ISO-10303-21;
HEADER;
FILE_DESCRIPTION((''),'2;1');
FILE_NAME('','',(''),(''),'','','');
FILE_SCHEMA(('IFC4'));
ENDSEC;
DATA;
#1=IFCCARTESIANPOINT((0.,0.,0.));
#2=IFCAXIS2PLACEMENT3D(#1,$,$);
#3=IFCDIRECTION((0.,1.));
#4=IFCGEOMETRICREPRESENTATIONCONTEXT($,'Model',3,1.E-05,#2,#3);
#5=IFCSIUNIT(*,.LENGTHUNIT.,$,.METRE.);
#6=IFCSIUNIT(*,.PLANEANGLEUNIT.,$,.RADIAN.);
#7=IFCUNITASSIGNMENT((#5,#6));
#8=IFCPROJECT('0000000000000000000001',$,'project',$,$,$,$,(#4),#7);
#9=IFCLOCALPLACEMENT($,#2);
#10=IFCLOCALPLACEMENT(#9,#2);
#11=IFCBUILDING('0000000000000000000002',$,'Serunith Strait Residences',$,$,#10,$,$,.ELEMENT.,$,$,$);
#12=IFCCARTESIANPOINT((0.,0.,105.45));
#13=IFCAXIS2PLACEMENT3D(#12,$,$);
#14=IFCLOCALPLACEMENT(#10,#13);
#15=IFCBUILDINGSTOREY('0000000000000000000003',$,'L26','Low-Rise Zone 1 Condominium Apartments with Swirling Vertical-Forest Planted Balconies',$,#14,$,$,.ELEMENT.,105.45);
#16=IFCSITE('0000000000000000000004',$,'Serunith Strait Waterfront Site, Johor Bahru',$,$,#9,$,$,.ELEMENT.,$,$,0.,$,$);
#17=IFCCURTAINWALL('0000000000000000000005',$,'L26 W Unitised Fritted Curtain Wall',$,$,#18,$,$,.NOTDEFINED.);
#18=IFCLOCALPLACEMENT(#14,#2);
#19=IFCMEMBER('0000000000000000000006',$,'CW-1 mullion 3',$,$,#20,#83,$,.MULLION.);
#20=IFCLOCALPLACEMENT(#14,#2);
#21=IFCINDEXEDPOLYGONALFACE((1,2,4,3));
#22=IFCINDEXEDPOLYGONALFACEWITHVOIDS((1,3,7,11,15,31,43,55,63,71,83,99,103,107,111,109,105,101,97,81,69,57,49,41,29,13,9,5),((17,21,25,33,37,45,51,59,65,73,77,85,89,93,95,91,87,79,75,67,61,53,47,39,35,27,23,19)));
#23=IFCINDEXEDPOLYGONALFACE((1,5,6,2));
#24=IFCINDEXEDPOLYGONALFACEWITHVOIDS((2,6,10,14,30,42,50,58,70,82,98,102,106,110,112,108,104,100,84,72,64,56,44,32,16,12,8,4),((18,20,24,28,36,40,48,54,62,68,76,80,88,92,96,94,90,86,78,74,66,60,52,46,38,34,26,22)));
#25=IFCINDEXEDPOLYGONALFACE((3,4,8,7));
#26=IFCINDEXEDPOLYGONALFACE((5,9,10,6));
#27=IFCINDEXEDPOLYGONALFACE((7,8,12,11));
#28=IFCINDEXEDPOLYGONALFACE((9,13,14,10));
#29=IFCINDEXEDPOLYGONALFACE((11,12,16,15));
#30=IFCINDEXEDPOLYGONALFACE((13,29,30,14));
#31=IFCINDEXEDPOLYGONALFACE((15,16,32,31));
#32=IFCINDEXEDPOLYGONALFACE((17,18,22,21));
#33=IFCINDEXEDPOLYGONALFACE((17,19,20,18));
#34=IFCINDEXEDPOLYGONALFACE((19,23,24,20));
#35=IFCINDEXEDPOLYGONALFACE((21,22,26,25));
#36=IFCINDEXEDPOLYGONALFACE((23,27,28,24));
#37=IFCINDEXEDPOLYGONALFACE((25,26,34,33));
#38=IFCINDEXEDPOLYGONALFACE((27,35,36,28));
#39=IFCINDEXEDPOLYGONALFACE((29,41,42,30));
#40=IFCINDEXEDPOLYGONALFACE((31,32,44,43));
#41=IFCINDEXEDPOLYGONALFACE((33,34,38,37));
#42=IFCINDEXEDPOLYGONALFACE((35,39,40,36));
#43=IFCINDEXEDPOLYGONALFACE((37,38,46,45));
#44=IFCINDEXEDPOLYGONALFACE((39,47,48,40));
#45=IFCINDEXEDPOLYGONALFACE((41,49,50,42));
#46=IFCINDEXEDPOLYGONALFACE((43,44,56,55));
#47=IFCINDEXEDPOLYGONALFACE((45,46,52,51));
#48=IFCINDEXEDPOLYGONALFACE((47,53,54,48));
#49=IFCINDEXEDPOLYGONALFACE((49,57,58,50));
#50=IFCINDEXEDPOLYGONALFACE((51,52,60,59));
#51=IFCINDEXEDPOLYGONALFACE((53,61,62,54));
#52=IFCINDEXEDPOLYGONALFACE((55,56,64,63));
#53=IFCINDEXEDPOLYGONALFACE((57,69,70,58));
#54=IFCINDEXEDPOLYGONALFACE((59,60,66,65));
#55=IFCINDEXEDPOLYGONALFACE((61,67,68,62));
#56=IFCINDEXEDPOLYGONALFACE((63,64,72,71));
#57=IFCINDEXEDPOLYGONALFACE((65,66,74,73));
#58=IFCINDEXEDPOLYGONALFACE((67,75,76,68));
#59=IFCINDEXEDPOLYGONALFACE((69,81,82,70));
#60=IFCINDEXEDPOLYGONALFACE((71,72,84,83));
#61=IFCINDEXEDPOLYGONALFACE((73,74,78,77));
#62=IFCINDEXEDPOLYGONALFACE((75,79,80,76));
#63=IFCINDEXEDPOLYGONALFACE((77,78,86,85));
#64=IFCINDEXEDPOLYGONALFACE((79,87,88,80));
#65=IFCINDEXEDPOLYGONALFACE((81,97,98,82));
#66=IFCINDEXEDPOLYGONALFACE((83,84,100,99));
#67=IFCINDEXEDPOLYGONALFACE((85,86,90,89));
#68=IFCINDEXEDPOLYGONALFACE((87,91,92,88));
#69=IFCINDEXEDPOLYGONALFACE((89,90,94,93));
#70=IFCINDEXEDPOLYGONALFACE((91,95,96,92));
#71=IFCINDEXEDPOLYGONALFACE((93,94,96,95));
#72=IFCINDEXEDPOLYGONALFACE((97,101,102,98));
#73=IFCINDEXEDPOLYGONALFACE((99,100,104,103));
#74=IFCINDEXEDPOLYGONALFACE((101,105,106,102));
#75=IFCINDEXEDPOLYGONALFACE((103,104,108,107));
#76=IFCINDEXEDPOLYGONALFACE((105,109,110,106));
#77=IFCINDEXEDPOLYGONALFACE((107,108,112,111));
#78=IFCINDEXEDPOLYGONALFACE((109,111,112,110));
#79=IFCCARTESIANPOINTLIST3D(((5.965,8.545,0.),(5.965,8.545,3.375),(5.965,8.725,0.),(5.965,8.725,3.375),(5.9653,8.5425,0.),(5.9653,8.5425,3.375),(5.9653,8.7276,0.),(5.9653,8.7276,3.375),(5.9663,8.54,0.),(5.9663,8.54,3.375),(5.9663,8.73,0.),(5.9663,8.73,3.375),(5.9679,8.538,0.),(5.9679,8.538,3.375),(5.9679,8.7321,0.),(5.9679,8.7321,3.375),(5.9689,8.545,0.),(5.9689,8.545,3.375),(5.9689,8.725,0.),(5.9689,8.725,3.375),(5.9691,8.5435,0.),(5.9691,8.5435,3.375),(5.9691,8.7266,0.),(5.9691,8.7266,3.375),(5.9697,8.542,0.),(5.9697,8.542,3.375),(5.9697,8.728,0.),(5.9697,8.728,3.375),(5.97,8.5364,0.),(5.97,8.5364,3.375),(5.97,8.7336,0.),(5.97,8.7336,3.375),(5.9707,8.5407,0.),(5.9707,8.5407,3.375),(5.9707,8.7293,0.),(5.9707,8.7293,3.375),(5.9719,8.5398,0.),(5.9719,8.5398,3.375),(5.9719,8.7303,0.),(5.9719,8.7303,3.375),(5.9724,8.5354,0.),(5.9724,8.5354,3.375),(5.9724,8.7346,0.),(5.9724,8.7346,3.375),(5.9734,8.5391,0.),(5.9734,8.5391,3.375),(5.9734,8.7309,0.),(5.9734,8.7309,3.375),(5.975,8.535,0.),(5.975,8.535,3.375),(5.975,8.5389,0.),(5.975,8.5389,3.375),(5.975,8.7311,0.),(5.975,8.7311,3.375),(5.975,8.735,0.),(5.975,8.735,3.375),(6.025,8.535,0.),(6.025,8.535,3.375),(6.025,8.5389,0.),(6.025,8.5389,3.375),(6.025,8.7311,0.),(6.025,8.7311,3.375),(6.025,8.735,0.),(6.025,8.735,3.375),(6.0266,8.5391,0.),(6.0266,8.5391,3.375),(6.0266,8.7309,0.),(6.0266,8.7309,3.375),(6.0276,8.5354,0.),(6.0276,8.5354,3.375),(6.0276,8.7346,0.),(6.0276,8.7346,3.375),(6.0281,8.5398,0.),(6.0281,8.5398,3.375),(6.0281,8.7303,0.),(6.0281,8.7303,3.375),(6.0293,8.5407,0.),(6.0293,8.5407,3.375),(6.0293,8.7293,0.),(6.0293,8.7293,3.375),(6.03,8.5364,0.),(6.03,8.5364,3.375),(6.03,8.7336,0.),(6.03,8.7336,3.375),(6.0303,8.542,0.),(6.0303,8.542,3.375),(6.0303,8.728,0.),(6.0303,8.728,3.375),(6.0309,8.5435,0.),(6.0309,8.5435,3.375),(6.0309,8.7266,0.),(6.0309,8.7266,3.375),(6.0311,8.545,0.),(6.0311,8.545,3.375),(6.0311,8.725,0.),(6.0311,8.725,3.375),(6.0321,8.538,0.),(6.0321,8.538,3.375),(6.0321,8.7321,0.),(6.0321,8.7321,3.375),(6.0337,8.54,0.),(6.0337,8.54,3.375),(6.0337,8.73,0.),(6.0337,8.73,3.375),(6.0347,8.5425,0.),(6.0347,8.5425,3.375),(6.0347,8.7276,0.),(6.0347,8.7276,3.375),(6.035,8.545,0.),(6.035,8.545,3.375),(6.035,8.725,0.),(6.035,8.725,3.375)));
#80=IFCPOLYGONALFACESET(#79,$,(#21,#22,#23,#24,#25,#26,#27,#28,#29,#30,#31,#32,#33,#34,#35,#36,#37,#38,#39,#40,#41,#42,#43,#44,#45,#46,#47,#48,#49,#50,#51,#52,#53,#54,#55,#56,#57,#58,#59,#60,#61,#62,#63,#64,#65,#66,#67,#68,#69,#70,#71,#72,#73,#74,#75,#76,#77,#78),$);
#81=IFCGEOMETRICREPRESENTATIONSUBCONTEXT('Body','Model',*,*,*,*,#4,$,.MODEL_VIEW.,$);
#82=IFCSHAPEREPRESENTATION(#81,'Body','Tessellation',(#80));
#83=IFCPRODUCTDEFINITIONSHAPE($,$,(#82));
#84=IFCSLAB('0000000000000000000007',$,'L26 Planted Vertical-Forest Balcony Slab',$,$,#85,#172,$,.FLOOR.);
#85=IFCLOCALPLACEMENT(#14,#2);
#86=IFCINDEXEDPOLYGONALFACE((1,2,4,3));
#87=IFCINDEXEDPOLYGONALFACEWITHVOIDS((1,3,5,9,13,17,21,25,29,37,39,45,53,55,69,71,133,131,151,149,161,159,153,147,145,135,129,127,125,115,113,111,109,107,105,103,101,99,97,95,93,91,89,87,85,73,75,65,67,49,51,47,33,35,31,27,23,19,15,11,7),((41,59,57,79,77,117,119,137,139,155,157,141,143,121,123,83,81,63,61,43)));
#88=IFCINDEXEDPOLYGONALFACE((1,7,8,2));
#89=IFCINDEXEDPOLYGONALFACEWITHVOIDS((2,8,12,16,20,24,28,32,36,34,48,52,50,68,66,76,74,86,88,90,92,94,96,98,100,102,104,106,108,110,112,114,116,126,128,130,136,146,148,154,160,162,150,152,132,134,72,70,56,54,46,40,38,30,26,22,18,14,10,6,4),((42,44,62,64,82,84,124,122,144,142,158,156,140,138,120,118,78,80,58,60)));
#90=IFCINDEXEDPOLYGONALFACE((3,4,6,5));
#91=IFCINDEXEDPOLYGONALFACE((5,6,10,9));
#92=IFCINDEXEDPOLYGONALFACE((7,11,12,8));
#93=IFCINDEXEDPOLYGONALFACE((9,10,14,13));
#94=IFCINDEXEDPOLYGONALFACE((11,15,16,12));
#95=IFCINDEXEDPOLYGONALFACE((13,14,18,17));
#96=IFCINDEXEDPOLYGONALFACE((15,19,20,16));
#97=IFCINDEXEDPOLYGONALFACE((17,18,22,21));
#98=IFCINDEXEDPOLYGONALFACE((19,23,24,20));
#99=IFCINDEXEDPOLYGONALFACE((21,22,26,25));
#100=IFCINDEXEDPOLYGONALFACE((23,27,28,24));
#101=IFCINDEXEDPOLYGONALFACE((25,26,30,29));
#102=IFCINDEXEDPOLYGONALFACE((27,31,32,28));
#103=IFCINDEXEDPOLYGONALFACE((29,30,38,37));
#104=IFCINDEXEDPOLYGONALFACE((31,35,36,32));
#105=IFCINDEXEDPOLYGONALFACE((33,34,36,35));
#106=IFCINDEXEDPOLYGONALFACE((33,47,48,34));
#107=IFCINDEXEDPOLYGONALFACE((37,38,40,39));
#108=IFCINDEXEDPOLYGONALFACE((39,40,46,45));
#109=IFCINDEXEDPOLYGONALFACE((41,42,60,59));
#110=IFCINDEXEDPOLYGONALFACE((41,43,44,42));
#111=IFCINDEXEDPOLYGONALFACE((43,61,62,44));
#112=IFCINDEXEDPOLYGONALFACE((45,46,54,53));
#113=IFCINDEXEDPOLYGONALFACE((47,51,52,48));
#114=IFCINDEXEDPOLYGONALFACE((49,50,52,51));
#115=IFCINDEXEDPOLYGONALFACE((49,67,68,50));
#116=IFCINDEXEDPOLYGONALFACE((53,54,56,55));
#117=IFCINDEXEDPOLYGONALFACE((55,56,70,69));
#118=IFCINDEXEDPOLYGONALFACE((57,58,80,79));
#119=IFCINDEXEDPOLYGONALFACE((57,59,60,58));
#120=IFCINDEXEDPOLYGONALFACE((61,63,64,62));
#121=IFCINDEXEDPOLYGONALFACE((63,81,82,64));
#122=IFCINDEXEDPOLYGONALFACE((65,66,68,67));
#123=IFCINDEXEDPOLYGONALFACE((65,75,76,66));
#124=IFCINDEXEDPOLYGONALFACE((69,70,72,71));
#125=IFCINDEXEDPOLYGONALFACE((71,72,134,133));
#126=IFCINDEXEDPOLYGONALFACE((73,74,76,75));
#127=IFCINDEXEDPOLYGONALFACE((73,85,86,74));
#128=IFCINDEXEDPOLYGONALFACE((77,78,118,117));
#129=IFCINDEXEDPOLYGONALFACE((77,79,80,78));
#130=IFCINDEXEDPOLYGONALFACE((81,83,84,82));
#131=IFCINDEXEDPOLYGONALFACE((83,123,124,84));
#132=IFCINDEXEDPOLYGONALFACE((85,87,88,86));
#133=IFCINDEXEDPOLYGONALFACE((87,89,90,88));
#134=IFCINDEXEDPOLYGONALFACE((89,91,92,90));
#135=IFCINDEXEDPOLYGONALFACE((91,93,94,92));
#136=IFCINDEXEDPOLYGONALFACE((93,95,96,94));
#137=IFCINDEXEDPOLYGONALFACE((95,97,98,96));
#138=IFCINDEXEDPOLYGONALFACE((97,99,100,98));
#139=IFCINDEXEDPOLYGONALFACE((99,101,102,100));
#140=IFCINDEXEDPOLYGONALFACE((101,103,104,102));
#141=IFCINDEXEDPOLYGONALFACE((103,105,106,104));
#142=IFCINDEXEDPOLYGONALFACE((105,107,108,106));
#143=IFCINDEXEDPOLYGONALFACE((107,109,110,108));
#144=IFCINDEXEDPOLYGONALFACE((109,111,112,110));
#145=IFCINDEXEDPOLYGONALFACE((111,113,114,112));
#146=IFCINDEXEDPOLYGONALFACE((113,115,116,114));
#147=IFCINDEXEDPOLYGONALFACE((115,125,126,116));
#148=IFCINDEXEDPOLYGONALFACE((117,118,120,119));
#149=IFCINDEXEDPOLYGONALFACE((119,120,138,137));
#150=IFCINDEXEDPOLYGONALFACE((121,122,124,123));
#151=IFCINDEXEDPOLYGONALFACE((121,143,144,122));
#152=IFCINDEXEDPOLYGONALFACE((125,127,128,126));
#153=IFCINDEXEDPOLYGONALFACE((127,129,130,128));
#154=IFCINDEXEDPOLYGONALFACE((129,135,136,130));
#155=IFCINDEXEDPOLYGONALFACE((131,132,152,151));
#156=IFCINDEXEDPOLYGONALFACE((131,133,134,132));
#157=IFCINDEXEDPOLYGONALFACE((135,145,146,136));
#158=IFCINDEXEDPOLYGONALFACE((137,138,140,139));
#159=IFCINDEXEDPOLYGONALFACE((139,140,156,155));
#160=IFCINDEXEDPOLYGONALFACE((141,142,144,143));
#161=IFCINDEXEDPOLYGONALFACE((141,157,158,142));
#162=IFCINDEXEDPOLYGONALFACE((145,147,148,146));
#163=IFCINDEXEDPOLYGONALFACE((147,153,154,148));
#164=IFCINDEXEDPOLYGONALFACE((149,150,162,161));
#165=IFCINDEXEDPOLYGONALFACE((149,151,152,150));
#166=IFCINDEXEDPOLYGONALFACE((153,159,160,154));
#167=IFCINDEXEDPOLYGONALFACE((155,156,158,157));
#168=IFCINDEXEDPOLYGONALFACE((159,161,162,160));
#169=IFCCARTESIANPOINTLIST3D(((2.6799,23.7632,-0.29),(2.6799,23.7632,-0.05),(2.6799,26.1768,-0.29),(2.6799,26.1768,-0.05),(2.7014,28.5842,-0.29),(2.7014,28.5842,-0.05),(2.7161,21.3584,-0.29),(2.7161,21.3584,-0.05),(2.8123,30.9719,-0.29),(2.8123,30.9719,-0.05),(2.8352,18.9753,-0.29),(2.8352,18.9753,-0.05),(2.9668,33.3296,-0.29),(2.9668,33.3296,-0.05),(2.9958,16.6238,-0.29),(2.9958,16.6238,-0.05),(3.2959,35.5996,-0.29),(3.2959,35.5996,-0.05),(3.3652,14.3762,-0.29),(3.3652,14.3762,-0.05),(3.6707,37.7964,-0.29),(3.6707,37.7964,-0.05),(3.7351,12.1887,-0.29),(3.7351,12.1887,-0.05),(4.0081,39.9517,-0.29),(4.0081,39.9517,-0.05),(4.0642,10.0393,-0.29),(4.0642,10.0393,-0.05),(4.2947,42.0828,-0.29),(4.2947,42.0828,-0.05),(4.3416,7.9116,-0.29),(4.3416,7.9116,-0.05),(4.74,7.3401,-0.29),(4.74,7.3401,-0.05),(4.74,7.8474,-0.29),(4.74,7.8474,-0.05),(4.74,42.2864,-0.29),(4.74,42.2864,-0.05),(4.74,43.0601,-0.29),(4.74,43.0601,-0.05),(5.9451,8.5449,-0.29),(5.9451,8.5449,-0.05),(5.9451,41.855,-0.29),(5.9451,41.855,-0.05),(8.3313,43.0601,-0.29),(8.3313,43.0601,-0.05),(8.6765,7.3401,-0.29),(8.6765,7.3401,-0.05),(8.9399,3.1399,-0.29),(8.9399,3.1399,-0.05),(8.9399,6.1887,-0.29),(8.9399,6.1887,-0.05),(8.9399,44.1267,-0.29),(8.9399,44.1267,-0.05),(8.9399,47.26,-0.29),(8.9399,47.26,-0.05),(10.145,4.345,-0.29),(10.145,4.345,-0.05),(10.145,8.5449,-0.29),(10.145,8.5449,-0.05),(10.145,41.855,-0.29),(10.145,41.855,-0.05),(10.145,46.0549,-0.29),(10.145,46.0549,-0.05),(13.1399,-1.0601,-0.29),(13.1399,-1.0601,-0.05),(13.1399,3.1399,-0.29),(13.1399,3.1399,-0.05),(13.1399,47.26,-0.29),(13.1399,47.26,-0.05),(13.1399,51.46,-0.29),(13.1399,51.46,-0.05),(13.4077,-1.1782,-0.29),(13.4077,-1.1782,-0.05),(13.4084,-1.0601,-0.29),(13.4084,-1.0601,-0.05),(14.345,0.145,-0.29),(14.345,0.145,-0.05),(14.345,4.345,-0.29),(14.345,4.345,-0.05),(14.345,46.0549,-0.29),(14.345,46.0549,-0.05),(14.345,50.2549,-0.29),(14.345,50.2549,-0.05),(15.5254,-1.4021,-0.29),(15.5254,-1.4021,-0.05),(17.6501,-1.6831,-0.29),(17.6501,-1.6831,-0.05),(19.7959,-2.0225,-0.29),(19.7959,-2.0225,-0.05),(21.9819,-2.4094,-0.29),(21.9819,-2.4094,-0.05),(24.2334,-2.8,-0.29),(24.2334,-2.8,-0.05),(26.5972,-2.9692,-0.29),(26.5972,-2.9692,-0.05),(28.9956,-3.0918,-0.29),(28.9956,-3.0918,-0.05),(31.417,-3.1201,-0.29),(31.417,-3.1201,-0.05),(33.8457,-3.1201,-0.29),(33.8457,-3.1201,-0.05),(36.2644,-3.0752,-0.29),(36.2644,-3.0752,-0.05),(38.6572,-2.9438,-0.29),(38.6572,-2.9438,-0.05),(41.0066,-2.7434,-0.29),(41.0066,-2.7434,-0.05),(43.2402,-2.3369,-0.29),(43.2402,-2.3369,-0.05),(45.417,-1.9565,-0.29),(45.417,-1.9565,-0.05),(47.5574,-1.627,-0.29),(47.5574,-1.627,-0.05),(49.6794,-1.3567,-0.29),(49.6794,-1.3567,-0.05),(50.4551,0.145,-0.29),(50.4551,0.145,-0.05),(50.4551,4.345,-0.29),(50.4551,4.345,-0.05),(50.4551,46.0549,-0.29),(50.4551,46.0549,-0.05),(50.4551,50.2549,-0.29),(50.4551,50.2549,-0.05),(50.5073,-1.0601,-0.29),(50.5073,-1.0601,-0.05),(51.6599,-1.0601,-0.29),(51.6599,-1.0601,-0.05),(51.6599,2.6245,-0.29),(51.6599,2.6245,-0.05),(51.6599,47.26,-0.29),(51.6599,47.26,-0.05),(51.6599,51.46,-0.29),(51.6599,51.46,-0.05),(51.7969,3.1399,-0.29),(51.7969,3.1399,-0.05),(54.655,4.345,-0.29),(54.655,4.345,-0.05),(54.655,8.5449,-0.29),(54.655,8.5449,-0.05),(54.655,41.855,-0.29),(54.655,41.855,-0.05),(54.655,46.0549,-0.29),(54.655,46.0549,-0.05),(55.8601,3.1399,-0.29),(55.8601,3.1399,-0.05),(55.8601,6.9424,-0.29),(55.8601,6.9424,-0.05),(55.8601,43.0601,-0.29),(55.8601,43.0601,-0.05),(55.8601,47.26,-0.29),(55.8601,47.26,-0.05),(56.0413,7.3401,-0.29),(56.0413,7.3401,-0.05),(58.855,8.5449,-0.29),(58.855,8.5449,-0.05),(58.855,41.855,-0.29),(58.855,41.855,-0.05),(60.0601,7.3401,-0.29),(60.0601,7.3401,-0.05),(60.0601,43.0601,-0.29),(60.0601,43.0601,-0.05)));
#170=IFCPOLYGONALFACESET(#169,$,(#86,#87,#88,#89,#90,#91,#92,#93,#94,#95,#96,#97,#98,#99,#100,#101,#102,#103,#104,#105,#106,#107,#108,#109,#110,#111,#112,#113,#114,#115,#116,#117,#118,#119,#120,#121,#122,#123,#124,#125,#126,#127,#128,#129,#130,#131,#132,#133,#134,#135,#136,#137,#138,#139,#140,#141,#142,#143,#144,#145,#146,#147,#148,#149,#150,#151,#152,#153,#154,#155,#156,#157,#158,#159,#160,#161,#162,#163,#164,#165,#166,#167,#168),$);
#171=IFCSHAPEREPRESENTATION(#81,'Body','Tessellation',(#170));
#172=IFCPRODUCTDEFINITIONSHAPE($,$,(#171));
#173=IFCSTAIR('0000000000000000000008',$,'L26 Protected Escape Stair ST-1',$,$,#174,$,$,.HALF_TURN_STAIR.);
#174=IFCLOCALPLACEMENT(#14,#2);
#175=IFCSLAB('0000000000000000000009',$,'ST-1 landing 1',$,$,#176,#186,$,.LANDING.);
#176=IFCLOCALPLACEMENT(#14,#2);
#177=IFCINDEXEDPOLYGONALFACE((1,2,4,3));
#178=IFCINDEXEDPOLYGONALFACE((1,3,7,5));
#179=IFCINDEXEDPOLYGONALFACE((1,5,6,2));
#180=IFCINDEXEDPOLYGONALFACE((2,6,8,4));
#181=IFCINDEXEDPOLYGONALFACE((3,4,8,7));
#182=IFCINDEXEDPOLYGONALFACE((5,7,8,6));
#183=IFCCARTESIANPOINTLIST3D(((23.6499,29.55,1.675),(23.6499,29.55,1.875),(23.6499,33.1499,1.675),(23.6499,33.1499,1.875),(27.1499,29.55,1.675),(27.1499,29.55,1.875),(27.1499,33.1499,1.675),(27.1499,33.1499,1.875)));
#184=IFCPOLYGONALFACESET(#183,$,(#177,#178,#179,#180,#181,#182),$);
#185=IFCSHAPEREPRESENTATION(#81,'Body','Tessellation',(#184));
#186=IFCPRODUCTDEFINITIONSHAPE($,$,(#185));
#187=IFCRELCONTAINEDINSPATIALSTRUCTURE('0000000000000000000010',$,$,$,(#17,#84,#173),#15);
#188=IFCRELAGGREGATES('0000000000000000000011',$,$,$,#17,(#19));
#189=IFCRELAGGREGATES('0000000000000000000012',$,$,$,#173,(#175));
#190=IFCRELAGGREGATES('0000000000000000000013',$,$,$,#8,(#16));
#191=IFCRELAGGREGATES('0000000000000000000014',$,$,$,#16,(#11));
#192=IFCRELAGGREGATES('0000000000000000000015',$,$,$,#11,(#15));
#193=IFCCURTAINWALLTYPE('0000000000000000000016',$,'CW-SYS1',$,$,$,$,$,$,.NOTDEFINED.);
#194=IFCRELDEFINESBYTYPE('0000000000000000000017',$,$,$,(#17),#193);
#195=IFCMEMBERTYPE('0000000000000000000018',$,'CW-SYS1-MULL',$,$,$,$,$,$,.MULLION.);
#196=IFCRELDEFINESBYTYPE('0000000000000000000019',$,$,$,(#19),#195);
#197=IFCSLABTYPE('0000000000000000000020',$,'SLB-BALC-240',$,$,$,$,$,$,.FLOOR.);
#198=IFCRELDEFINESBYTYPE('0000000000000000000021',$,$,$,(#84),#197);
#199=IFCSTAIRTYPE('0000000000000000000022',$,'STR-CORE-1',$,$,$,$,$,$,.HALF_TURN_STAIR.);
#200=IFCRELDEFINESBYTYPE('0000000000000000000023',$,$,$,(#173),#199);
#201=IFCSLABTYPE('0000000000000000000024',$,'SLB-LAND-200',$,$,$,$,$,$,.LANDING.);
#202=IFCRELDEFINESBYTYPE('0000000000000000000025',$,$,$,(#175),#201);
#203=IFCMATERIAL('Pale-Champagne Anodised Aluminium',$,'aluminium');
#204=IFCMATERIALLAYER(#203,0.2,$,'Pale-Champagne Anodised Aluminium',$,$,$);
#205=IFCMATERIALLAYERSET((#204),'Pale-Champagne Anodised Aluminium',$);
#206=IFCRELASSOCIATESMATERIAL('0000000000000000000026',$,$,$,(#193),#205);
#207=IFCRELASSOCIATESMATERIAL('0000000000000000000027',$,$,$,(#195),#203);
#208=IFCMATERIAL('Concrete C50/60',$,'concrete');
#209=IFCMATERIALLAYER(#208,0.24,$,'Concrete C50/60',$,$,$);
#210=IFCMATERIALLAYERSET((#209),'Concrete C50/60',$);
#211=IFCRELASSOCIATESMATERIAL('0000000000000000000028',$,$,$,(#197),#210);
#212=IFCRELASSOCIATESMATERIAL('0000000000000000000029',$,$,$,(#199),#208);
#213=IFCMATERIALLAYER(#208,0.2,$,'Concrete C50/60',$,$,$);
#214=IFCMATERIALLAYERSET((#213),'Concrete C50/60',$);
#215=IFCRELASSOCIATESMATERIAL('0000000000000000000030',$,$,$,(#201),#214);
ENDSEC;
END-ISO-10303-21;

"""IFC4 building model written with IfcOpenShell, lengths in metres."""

from ifc_helpers import new_model, si_unit, direction, frame, origin, origin_2d, place, context, subcontext, project, spatial, polyline, hollow_rectangle, outline, extrude, source, transform, mapped, material, layer, layer_set, material_profile, profile_set, type_object, element, aggregate, save


model = new_model("IFC4")

# Units and contexts
model_context = context("Model", 3, precision=1e-05, world=origin(), true_north=direction((0.0, 1.0)))
body_context = subcontext(model_context, "Body", "Model", "MODEL_VIEW")
ifc_project = project(units=[si_unit("LENGTHUNIT", "METRE"), si_unit("PLANEANGLEUNIT", "RADIAN")], contexts=[model_context])

# Site, building, storey
site_placement = place(None, origin())
site = spatial("IfcSite", under=ifc_project, at=site_placement, Name="Serunith Strait Waterfront Site, Johor Bahru", CompositionType="ELEMENT", RefElevation=0.0)
building_placement = place(site_placement, origin())
building = spatial("IfcBuilding", under=site, at=building_placement, Name="Serunith Strait Residences", CompositionType="ELEMENT")
storey_placement = place(building_placement, frame((0.0, 0.0, 105.45)))
storey = spatial("IfcBuildingStorey", under=building, at=storey_placement, Name="L26", Description="Low-Rise Zone 1 Condominium Apartments with Swirling Vertical-Forest Planted Balconies", CompositionType="ELEMENT", Elevation=105.45)

# Shared definitions
ifc_material_1 = material(Name="Pale-Champagne Anodised Aluminium", Category="aluminium")
ifc_layer_1 = layer(ifc_material_1, 0.2, Name="Pale-Champagne Anodised Aluminium")
ifc_layer_set_1 = layer_set([ifc_layer_1], Name="Pale-Champagne Anodised Aluminium")
curtain_wall_type = type_object("IfcCurtainWallType", Name="CW-SYS1", PredefinedType="NOTDEFINED", material=ifc_layer_set_1)
ifc_material_profile_1 = material_profile(ifc_material_1, hollow_rectangle(XDim=0.0701, YDim=0.2, WallThickness=0.0039, InnerFilletRadius=0.0061, OuterFilletRadius=0.01, at=origin_2d()), Name="ALU 200x70x4")
ifc_profile_set_1 = profile_set([ifc_material_profile_1], Name="Pale-Champagne Anodised Aluminium")
member_type_1 = type_object("IfcMemberType", Name="CW-SYS1-MULL", PredefinedType="MULLION", material=ifc_profile_set_1)
shared_shape_1 = source(origin(), body_context, "Body", "SweptSolid", [
    extrude(hollow_rectangle(XDim=0.0701, YDim=0.2, WallThickness=0.0039, InnerFilletRadius=0.0061, OuterFilletRadius=0.01, at=origin_2d()), origin(), (0.0, 0.0, 1.0), 3.375),
])

# Curtain wall, member
curtain_wall_1_placement = place(storey_placement, origin())
curtain_wall_1 = element("IfcCurtainWall", 1, at=curtain_wall_1_placement, inside=storey, type_object=curtain_wall_type, Name="L26 W Unitised Fritted Curtain Wall", PredefinedType="NOTDEFINED")
member_1_placement = place(storey_placement, frame((6.0, 8.635, 0.0), z_axis=(0.0, 0.0, 1.0), x_axis=(1.0, 0.0, 0.0)))
member_1 = element("IfcMember", 2, at=member_1_placement, type_object=member_type_1, Name="CW-1 mullion 3", PredefinedType="MULLION", context=body_context, shape_type="MappedRepresentation", body=[
    mapped(shared_shape_1, transform((0.0, 0.0, 0.0), scale=1.0)),
])
aggregate(curtain_wall_1, [member_1])

# Slab
ifc_material_2 = material(Name="Concrete C50/60", Category="concrete")
ifc_layer_2 = layer(ifc_material_2, 0.24, Name="Concrete C50/60")
ifc_layer_set_2 = layer_set([ifc_layer_2], Name="Concrete C50/60")
slab_type_1 = type_object("IfcSlabType", Name="SLB-BALC-240", PredefinedType="FLOOR", material=ifc_layer_set_2)
slab_1_placement = place(storey_placement, frame((0.0, 0.0, -0.29)))
element("IfcSlab", 3, at=slab_1_placement, inside=storey, type_object=slab_type_1, Name="L26 Planted Vertical-Forest Balcony Slab", PredefinedType="FLOOR", context=body_context, shape_type="SweptSolid", body=[
    extrude(outline(polyline([(13.1399, 3.1399), (8.9399, 3.1399), (8.9399, 6.1887), (8.6765, 7.3401), (4.74, 7.3401), (4.74, 7.8474), (4.3416, 7.9116), (4.0642, 10.0393), (3.7351, 12.1887), (3.3652, 14.3762), (2.9958, 16.6238), (2.8352, 18.9753), (2.7161, 21.3584), (2.6799, 23.7632), (2.6799, 26.1768), (2.7014, 28.5842), (2.8123, 30.9719), (2.9668, 33.3296), (3.2959, 35.5996), (3.6707, 37.7964), (4.0081, 39.9517), (4.2947, 42.0828), (4.74, 42.2864), (4.74, 43.0601), (8.3313, 43.0601), (8.9399, 44.1267), (8.9399, 47.26), (13.1399, 47.26), (13.1399, 51.46), (51.6599, 51.46), (51.6599, 47.26), (55.8601, 47.26), (55.8601, 43.0601), (60.0601, 43.0601), (60.0601, 7.3401), (56.0413, 7.3401), (55.8601, 6.9424), (55.8601, 3.1399), (51.7969, 3.1399), (51.6599, 2.6245), (51.6599, -1.0601), (50.5073, -1.0601), (49.6794, -1.3567), (47.5574, -1.627), (45.417, -1.9565), (43.2402, -2.3369), (41.0066, -2.7434), (38.6572, -2.9438), (36.2644, -3.0752), (33.8457, -3.1201), (31.417, -3.1201), (28.9956, -3.0918), (26.5972, -2.9692), (24.2334, -2.8), (21.9819, -2.4094), (19.7959, -2.0225), (17.6501, -1.6831), (15.5254, -1.4021), (13.4077, -1.1782), (13.4084, -1.0601), (13.1399, -1.0601), (13.1399, 3.1399)]), holes=[polyline([(50.4551, 0.145), (50.4551, 4.345), (54.655, 4.345), (54.655, 8.5449), (58.855, 8.5449), (58.855, 41.855), (54.655, 41.855), (54.655, 46.0549), (50.4551, 46.0549), (50.4551, 50.2549), (14.345, 50.2549), (14.345, 46.0549), (10.145, 46.0549), (10.145, 41.855), (5.9451, 41.855), (5.9451, 8.5449), (10.145, 8.5449), (10.145, 4.345), (14.345, 4.345), (14.345, 0.145), (50.4551, 0.145)])]), origin(), (0.0, 0.0, 1.0), 0.24),
])

# Stair, slab
stair_type_1 = type_object("IfcStairType", Name="STR-CORE-1", PredefinedType="HALF_TURN_STAIR", material=ifc_material_2)
stair_1_placement = place(storey_placement, origin())
stair_1 = element("IfcStair", 4, at=stair_1_placement, inside=storey, type_object=stair_type_1, Name="L26 Protected Escape Stair ST-1", PredefinedType="HALF_TURN_STAIR")
ifc_layer_3 = layer(ifc_material_2, 0.2, Name="Concrete C50/60")
ifc_layer_set_3 = layer_set([ifc_layer_3], Name="Concrete C50/60")
slab_type_2 = type_object("IfcSlabType", Name="SLB-LAND-200", PredefinedType="LANDING", material=ifc_layer_set_3)
slab_2_placement = place(storey_placement, frame((0.0, 0.0, 1.675)))
slab_2 = element("IfcSlab", 5, at=slab_2_placement, type_object=slab_type_2, Name="ST-1 landing 1", PredefinedType="LANDING", context=body_context, shape_type="SweptSolid", body=[
    extrude(outline(polyline([(27.1499, 29.55), (27.1499, 33.1499), (23.6499, 33.1499), (23.6499, 29.55), (27.1499, 29.55)])), origin(), (0.0, 0.0, 1.0), 0.2),
])
aggregate(stair_1, [slab_2])

save(model, "model.ifc")
